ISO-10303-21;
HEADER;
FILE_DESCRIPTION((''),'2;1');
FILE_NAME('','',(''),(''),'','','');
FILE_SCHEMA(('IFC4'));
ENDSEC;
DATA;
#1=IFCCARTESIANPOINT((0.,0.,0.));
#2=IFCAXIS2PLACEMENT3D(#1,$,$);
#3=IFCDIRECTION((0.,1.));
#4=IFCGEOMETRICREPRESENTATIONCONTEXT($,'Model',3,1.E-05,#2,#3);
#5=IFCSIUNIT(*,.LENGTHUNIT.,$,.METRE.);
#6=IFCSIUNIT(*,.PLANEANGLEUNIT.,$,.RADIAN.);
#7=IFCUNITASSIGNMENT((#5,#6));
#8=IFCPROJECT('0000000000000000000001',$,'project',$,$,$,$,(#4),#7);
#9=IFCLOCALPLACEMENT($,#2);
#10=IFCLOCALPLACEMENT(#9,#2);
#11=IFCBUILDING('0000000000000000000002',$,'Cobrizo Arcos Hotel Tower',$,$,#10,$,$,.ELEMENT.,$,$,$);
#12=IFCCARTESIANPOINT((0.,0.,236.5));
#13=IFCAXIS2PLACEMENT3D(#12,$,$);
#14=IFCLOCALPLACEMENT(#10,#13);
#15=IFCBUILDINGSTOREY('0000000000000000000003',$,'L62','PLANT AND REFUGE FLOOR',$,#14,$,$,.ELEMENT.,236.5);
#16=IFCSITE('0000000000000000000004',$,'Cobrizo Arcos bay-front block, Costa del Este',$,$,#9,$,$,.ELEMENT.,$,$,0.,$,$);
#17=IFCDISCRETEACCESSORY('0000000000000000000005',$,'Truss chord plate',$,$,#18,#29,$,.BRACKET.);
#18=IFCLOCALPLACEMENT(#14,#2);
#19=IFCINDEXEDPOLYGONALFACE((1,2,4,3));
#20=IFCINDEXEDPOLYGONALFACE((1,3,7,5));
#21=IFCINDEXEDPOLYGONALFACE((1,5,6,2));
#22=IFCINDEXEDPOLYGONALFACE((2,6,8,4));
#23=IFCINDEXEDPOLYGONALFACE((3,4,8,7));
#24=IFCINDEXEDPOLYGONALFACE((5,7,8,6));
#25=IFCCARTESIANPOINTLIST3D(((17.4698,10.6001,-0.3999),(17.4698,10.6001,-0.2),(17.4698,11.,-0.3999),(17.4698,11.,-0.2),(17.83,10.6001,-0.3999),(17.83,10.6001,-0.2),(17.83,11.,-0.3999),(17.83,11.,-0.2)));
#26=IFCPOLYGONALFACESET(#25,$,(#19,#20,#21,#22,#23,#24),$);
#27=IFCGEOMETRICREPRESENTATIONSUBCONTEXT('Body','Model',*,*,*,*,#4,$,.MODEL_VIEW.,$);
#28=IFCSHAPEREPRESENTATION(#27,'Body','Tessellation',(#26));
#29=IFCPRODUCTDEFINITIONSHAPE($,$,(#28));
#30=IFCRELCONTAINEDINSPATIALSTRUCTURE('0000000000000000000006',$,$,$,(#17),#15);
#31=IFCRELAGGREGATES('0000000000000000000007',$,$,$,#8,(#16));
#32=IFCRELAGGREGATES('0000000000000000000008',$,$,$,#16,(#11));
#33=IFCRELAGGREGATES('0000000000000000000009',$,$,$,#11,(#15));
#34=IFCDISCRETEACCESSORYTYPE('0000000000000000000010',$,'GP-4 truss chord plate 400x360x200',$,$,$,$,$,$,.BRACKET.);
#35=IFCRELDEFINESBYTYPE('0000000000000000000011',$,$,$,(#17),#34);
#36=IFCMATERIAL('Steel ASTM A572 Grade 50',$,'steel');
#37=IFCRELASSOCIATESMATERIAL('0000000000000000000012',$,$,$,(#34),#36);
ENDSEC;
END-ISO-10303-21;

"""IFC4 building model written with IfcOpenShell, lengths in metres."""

from ifc_helpers import new_model, si_unit, direction, frame, origin, origin_2d, place, context, subcontext, project, spatial, rectangle, extrude, material, type_object, element, save


model = new_model("IFC4")

# Units and contexts
model_context = context("Model", 3, precision=1e-05, world=origin(), true_north=direction((0.0, 1.0)))
body_context = subcontext(model_context, "Body", "Model", "MODEL_VIEW")
ifc_project = project(units=[si_unit("LENGTHUNIT", "METRE"), si_unit("PLANEANGLEUNIT", "RADIAN")], contexts=[model_context])

# Site, building, storey
site_placement = place(None, origin())
site = spatial("IfcSite", under=ifc_project, at=site_placement, Name="Cobrizo Arcos bay-front block, Costa del Este", CompositionType="ELEMENT", RefElevation=0.0)
building_placement = place(site_placement, origin())
building = spatial("IfcBuilding", under=site, at=building_placement, Name="Cobrizo Arcos Hotel Tower", CompositionType="ELEMENT")
storey_placement = place(building_placement, frame((0.0, 0.0, 236.5)))
storey = spatial("IfcBuildingStorey", under=building, at=storey_placement, Name="L62", Description="PLANT AND REFUGE FLOOR", CompositionType="ELEMENT", Elevation=236.5)

# Discrete accessory
ifc_material_1 = material(Name="Steel ASTM A572 Grade 50", Category="steel")
discrete_accessory_type_1 = type_object("IfcDiscreteAccessoryType", Name="GP-4 truss chord plate 400x360x200", PredefinedType="BRACKET", material=ifc_material_1)
for number, where, z_axis, x_axis, name in (
    (1, (17.6499, 10.8, -0.3999), (0.0, 0.0, 1.0), (0.0, 1.0, 0.0), "Truss chord plate"),
):
    element("IfcDiscreteAccessory", number, at=place(storey_placement, frame(where, z_axis=z_axis, x_axis=x_axis)), inside=storey, type_object=discrete_accessory_type_1, Name=name, PredefinedType="BRACKET", context=body_context, shape_type="SweptSolid", body=[
        extrude(rectangle(XDim=0.3999, YDim=0.3601, at=origin_2d()), origin(), (0.0, 0.0, 1.0), 0.2),
    ])

save(model, "model.ifc")
